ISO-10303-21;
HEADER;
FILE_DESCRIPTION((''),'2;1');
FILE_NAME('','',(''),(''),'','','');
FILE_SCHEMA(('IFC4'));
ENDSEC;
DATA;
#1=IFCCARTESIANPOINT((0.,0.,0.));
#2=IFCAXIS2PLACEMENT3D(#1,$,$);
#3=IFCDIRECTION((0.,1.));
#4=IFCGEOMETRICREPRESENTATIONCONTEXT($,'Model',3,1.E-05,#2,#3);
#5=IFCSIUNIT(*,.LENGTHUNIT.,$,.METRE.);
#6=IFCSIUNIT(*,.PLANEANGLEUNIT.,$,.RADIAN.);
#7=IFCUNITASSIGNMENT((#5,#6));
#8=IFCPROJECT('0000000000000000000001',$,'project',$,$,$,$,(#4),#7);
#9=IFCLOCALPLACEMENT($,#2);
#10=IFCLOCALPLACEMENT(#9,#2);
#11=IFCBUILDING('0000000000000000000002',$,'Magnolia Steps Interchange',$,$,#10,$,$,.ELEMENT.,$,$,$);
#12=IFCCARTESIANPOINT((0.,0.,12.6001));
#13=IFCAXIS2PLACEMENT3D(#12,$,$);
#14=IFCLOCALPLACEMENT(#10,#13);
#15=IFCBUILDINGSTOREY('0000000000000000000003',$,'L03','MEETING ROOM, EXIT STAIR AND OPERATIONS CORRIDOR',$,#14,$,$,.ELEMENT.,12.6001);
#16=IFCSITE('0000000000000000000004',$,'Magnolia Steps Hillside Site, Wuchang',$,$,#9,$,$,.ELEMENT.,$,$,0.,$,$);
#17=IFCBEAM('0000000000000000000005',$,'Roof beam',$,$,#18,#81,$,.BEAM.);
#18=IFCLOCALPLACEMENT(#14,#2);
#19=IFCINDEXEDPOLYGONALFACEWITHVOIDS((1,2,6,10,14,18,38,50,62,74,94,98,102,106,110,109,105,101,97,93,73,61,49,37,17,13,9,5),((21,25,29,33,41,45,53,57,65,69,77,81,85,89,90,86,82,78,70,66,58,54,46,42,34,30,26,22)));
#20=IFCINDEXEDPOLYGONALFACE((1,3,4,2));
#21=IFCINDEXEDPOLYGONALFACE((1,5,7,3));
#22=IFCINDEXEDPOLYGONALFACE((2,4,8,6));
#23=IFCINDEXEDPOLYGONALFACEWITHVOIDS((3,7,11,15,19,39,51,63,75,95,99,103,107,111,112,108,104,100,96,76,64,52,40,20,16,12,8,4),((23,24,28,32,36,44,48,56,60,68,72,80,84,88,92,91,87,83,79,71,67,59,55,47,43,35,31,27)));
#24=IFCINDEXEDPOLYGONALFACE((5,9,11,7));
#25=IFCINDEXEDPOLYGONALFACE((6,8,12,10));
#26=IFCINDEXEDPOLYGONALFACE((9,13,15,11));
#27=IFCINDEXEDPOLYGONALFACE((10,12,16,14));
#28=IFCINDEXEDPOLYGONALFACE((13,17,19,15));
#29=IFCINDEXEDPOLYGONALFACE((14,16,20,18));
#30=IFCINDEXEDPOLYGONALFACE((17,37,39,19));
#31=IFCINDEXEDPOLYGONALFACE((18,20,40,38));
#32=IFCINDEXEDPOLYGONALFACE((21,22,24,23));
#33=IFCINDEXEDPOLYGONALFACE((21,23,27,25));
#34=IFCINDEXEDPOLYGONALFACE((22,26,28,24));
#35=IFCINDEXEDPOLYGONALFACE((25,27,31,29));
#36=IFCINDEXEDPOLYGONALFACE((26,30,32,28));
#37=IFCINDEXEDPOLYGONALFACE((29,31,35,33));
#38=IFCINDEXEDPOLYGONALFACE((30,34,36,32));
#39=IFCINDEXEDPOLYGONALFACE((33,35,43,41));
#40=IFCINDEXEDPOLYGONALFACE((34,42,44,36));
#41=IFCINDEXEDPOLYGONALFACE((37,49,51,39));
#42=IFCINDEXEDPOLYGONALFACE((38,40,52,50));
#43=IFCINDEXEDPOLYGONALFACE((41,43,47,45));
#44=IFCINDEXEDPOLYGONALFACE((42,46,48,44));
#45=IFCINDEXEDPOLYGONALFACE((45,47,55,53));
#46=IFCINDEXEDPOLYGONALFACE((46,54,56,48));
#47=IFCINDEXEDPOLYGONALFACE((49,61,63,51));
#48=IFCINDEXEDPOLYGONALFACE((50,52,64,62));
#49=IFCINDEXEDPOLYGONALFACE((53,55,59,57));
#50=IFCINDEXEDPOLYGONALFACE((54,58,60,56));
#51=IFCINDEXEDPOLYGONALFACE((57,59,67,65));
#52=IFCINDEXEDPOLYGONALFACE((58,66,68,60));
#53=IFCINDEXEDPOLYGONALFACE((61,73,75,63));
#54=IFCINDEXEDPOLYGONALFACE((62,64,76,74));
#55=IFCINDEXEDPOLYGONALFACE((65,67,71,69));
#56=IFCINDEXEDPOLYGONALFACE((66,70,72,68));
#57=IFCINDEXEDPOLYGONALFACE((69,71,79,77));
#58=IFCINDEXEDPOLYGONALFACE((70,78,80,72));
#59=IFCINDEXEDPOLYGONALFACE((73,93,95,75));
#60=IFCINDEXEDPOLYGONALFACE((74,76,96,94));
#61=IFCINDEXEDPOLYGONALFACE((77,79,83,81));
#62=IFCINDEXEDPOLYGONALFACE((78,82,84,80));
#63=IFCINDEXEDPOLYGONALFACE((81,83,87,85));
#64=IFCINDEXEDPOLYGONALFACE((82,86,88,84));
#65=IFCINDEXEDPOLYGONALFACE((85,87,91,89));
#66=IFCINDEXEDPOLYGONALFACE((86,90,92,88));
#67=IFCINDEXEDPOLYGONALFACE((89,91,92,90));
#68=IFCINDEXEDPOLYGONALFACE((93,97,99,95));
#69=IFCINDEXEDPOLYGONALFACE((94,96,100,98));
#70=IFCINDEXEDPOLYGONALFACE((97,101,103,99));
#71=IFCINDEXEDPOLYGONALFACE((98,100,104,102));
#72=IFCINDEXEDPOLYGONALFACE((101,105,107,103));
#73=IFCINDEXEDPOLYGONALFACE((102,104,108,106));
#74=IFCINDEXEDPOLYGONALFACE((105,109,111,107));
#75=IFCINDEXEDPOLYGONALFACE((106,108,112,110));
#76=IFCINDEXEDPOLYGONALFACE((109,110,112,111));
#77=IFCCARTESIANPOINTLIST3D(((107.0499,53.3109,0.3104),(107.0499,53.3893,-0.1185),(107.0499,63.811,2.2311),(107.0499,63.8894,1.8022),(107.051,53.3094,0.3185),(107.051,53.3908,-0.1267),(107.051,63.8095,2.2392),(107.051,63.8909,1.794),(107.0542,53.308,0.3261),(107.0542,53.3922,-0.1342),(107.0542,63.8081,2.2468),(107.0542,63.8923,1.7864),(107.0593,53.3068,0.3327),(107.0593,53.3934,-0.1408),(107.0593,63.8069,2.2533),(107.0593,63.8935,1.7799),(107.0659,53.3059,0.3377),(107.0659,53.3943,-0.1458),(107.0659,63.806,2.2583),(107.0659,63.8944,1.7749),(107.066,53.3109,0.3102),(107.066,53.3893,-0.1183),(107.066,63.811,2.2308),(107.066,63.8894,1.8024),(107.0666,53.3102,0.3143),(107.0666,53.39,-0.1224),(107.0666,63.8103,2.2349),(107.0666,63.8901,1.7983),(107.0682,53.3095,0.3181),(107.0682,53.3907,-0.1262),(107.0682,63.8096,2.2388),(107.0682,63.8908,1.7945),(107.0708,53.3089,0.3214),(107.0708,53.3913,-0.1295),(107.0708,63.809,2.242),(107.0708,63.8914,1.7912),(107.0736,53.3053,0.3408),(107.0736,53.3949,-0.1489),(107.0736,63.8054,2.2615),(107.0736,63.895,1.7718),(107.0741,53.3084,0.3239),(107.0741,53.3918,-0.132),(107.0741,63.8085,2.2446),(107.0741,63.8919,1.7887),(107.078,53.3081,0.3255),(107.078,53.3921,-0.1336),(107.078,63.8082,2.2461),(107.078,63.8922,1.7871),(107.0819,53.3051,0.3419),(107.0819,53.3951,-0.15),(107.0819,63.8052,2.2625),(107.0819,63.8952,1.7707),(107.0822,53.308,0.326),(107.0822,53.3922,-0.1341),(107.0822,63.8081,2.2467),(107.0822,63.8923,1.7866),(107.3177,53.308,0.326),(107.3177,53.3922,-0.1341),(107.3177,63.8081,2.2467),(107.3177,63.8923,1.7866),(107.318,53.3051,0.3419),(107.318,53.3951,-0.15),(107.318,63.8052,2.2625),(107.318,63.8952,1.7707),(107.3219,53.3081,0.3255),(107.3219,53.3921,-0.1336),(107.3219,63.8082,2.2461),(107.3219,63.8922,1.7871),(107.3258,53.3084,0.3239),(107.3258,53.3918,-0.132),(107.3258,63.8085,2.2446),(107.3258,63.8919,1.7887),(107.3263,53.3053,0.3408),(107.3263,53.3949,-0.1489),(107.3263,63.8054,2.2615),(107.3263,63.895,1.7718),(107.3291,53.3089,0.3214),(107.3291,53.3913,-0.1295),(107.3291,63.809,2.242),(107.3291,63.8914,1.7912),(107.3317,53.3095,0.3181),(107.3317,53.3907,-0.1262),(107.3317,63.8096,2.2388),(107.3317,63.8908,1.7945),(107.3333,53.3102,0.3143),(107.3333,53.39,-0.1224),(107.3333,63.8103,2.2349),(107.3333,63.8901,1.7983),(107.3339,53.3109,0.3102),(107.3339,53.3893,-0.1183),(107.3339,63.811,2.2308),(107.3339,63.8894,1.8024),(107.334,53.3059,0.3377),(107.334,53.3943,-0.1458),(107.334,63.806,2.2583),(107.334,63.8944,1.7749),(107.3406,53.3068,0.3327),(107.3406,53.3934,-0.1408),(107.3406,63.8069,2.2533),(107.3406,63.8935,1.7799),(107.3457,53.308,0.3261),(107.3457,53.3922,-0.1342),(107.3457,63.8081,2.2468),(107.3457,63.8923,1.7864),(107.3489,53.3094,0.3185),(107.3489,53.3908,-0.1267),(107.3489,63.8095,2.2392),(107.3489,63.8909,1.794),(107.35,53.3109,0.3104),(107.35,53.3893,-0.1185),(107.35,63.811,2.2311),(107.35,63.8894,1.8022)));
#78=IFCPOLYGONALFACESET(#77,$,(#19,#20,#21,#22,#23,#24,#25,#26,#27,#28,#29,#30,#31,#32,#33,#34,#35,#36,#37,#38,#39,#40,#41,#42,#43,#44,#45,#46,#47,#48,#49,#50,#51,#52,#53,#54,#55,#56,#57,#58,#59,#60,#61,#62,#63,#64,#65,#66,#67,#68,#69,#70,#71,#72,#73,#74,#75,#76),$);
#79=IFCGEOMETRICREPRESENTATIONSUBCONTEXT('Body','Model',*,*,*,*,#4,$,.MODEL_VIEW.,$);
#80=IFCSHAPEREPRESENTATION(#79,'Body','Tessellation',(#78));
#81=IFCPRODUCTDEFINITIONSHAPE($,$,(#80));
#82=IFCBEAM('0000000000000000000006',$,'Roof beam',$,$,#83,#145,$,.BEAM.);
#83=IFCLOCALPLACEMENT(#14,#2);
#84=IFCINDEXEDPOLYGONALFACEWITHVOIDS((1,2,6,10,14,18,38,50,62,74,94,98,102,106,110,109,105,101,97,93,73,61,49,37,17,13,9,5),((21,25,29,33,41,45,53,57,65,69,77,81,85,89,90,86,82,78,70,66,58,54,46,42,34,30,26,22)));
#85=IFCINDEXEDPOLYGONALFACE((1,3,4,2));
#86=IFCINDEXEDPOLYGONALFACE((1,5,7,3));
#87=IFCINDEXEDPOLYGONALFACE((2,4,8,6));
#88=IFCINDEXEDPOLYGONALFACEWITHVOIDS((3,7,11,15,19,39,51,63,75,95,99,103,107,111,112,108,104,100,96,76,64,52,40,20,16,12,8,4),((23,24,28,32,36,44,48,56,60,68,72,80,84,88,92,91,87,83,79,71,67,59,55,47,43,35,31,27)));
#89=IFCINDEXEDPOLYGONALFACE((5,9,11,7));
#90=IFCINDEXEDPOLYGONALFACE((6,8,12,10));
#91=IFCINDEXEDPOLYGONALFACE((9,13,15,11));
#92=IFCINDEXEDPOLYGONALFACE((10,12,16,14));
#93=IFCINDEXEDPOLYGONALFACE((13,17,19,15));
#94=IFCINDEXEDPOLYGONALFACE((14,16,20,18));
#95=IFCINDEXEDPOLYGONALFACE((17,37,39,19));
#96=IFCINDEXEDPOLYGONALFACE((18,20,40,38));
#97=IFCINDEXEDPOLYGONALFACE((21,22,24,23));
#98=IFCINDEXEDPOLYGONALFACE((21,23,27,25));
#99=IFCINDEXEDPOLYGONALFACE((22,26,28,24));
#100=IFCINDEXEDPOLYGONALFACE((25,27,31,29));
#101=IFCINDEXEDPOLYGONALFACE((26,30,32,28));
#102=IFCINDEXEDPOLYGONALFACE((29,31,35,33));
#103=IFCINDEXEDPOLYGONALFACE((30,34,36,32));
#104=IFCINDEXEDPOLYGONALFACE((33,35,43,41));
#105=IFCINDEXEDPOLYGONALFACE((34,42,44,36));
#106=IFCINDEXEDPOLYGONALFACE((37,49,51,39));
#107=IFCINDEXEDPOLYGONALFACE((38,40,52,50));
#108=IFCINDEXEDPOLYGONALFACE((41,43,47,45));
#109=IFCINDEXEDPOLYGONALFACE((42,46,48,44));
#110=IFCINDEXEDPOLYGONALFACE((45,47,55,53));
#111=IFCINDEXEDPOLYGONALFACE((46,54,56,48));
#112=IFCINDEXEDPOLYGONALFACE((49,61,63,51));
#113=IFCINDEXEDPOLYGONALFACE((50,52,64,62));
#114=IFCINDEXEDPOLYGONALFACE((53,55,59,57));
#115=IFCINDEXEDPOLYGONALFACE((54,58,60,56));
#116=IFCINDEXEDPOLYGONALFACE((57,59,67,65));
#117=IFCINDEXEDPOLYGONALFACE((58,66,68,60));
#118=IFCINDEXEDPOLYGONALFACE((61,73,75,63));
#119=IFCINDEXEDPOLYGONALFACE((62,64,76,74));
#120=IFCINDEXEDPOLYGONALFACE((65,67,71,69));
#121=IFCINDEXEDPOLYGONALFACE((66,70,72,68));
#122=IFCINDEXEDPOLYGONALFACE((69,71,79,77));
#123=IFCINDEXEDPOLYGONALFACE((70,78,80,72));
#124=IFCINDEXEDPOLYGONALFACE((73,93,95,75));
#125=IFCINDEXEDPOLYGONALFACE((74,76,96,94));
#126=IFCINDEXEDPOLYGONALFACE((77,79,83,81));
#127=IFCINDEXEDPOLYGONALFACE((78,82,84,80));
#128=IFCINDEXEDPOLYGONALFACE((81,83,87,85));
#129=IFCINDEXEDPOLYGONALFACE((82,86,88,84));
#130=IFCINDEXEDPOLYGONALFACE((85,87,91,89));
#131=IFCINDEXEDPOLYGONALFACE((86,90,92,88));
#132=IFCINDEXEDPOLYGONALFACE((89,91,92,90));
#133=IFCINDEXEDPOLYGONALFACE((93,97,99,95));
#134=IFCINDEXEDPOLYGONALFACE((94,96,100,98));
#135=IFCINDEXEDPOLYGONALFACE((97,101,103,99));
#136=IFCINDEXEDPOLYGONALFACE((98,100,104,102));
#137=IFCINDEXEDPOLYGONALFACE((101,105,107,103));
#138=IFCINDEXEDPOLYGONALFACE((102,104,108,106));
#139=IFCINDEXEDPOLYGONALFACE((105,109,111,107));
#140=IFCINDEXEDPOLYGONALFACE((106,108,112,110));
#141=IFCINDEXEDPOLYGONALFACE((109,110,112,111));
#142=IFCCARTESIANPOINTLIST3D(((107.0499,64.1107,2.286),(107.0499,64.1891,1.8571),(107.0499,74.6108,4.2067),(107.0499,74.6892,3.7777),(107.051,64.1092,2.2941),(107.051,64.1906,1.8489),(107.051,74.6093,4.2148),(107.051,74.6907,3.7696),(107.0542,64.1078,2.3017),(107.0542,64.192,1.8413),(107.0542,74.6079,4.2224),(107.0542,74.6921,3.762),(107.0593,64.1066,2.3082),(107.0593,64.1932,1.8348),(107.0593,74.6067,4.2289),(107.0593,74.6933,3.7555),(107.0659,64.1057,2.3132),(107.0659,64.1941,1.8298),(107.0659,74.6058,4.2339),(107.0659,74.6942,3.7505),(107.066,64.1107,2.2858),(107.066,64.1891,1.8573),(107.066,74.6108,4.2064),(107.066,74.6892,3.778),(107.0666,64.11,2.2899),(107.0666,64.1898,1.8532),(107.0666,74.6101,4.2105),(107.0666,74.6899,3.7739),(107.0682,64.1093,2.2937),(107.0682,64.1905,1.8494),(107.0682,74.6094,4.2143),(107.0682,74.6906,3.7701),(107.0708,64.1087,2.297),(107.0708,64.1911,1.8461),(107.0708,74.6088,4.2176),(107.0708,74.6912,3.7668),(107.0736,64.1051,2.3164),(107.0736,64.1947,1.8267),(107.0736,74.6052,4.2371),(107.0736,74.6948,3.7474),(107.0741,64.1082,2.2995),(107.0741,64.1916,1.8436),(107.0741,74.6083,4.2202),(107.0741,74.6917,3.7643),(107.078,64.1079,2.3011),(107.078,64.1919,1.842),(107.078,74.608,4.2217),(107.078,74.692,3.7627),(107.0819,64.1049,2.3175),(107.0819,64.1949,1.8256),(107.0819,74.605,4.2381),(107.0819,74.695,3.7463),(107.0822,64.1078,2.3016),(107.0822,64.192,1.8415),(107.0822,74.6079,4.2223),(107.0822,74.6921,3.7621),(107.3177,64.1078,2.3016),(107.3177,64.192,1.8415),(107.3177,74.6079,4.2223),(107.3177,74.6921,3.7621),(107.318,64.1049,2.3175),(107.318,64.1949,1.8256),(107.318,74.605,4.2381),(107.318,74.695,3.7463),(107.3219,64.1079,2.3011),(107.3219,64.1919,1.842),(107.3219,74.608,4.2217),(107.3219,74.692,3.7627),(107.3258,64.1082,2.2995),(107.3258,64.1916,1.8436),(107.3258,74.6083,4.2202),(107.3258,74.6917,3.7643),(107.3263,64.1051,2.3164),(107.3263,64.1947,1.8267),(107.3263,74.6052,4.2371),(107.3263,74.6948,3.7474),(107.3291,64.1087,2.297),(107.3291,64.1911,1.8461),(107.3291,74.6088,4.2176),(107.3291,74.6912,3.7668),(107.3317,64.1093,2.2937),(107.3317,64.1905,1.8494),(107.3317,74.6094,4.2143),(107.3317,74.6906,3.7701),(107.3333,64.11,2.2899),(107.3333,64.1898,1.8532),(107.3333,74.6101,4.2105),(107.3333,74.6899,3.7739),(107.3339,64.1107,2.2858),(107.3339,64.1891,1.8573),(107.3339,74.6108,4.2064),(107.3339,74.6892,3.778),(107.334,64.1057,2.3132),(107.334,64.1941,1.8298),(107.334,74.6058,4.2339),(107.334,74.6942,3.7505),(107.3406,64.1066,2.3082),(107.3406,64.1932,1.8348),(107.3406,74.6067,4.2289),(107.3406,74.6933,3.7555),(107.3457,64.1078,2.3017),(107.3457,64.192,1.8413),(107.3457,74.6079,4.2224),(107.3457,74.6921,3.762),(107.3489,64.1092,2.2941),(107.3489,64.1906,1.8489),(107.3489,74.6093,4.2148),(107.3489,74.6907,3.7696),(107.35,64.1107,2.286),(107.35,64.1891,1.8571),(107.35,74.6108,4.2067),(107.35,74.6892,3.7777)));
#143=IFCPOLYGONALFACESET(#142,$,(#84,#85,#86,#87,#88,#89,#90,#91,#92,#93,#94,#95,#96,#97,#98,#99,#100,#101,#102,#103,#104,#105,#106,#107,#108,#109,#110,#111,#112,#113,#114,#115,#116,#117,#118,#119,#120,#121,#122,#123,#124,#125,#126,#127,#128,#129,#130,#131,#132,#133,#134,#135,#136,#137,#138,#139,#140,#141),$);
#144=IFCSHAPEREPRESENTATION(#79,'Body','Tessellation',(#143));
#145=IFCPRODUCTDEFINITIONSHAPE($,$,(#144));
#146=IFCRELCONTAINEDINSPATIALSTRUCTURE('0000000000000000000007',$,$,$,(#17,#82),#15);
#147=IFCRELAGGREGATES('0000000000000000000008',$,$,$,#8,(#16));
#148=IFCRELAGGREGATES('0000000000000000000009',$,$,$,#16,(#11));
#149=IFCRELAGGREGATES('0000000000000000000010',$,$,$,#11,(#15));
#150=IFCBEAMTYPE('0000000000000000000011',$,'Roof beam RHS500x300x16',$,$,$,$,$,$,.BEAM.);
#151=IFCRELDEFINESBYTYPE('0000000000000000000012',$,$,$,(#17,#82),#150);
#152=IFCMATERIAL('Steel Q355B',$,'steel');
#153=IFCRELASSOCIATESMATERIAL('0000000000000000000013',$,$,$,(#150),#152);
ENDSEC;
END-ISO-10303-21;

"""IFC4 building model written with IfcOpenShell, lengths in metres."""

from ifc_helpers import new_model, si_unit, direction, frame, origin, origin_2d, place, context, subcontext, project, spatial, hollow_rectangle, extrude, material, material_profile, profile_set, type_object, element, save


model = new_model("IFC4")

# Units and contexts
model_context = context("Model", 3, precision=1e-05, world=origin(), true_north=direction((0.0, 1.0)))
body_context = subcontext(model_context, "Body", "Model", "MODEL_VIEW")
ifc_project = project(units=[si_unit("LENGTHUNIT", "METRE"), si_unit("PLANEANGLEUNIT", "RADIAN")], contexts=[model_context])

# Site, building, storey
site_placement = place(None, origin())
site = spatial("IfcSite", under=ifc_project, at=site_placement, Name="Magnolia Steps Hillside Site, Wuchang", CompositionType="ELEMENT", RefElevation=0.0)
building_placement = place(site_placement, origin())
building = spatial("IfcBuilding", under=site, at=building_placement, Name="Magnolia Steps Interchange", CompositionType="ELEMENT")
storey_placement = place(building_placement, frame((0.0, 0.0, 12.6001)))
storey = spatial("IfcBuildingStorey", under=building, at=storey_placement, Name="L03", Description="MEETING ROOM, EXIT STAIR AND OPERATIONS CORRIDOR", CompositionType="ELEMENT", Elevation=12.6001)

# Beams
ifc_material_1 = material(Name="Steel Q355B", Category="steel")
ifc_material_profile_1 = material_profile(ifc_material_1, hollow_rectangle(XDim=0.3, YDim=0.5, WallThickness=0.0161, InnerFilletRadius=0.0161, OuterFilletRadius=0.032, at=origin_2d()), Name="RHS500x300x16")
ifc_profile_set_1 = profile_set([ifc_material_profile_1], Name="Steel Q355B")
beam_type_1 = type_object("IfcBeamType", Name="Roof beam RHS500x300x16", PredefinedType="BEAM", material=ifc_profile_set_1)
for number, where, z_axis, x_axis, name in (
    (1, (107.2, 53.3501, 0.0959), (0.0, 0.983679, 0.179934), (-1.0, 0.0, 0.0), "Roof beam"),
    (2, (107.2, 64.1499, 2.0715), (0.0, 0.983679, 0.179934), (-1.0, 0.0, 0.0), "Roof beam"),
):
    element("IfcBeam", number, at=place(storey_placement, frame(where, z_axis=z_axis, x_axis=x_axis)), inside=storey, type_object=beam_type_1, Name=name, PredefinedType="BEAM", context=body_context, shape_type="SweptSolid", body=[
        extrude(hollow_rectangle(XDim=0.3, YDim=0.5, WallThickness=0.0161, InnerFilletRadius=0.0161, OuterFilletRadius=0.032, at=origin_2d()), origin(), (0.0, 0.0, 1.0), 10.6743),
    ])

save(model, "model.ifc")
